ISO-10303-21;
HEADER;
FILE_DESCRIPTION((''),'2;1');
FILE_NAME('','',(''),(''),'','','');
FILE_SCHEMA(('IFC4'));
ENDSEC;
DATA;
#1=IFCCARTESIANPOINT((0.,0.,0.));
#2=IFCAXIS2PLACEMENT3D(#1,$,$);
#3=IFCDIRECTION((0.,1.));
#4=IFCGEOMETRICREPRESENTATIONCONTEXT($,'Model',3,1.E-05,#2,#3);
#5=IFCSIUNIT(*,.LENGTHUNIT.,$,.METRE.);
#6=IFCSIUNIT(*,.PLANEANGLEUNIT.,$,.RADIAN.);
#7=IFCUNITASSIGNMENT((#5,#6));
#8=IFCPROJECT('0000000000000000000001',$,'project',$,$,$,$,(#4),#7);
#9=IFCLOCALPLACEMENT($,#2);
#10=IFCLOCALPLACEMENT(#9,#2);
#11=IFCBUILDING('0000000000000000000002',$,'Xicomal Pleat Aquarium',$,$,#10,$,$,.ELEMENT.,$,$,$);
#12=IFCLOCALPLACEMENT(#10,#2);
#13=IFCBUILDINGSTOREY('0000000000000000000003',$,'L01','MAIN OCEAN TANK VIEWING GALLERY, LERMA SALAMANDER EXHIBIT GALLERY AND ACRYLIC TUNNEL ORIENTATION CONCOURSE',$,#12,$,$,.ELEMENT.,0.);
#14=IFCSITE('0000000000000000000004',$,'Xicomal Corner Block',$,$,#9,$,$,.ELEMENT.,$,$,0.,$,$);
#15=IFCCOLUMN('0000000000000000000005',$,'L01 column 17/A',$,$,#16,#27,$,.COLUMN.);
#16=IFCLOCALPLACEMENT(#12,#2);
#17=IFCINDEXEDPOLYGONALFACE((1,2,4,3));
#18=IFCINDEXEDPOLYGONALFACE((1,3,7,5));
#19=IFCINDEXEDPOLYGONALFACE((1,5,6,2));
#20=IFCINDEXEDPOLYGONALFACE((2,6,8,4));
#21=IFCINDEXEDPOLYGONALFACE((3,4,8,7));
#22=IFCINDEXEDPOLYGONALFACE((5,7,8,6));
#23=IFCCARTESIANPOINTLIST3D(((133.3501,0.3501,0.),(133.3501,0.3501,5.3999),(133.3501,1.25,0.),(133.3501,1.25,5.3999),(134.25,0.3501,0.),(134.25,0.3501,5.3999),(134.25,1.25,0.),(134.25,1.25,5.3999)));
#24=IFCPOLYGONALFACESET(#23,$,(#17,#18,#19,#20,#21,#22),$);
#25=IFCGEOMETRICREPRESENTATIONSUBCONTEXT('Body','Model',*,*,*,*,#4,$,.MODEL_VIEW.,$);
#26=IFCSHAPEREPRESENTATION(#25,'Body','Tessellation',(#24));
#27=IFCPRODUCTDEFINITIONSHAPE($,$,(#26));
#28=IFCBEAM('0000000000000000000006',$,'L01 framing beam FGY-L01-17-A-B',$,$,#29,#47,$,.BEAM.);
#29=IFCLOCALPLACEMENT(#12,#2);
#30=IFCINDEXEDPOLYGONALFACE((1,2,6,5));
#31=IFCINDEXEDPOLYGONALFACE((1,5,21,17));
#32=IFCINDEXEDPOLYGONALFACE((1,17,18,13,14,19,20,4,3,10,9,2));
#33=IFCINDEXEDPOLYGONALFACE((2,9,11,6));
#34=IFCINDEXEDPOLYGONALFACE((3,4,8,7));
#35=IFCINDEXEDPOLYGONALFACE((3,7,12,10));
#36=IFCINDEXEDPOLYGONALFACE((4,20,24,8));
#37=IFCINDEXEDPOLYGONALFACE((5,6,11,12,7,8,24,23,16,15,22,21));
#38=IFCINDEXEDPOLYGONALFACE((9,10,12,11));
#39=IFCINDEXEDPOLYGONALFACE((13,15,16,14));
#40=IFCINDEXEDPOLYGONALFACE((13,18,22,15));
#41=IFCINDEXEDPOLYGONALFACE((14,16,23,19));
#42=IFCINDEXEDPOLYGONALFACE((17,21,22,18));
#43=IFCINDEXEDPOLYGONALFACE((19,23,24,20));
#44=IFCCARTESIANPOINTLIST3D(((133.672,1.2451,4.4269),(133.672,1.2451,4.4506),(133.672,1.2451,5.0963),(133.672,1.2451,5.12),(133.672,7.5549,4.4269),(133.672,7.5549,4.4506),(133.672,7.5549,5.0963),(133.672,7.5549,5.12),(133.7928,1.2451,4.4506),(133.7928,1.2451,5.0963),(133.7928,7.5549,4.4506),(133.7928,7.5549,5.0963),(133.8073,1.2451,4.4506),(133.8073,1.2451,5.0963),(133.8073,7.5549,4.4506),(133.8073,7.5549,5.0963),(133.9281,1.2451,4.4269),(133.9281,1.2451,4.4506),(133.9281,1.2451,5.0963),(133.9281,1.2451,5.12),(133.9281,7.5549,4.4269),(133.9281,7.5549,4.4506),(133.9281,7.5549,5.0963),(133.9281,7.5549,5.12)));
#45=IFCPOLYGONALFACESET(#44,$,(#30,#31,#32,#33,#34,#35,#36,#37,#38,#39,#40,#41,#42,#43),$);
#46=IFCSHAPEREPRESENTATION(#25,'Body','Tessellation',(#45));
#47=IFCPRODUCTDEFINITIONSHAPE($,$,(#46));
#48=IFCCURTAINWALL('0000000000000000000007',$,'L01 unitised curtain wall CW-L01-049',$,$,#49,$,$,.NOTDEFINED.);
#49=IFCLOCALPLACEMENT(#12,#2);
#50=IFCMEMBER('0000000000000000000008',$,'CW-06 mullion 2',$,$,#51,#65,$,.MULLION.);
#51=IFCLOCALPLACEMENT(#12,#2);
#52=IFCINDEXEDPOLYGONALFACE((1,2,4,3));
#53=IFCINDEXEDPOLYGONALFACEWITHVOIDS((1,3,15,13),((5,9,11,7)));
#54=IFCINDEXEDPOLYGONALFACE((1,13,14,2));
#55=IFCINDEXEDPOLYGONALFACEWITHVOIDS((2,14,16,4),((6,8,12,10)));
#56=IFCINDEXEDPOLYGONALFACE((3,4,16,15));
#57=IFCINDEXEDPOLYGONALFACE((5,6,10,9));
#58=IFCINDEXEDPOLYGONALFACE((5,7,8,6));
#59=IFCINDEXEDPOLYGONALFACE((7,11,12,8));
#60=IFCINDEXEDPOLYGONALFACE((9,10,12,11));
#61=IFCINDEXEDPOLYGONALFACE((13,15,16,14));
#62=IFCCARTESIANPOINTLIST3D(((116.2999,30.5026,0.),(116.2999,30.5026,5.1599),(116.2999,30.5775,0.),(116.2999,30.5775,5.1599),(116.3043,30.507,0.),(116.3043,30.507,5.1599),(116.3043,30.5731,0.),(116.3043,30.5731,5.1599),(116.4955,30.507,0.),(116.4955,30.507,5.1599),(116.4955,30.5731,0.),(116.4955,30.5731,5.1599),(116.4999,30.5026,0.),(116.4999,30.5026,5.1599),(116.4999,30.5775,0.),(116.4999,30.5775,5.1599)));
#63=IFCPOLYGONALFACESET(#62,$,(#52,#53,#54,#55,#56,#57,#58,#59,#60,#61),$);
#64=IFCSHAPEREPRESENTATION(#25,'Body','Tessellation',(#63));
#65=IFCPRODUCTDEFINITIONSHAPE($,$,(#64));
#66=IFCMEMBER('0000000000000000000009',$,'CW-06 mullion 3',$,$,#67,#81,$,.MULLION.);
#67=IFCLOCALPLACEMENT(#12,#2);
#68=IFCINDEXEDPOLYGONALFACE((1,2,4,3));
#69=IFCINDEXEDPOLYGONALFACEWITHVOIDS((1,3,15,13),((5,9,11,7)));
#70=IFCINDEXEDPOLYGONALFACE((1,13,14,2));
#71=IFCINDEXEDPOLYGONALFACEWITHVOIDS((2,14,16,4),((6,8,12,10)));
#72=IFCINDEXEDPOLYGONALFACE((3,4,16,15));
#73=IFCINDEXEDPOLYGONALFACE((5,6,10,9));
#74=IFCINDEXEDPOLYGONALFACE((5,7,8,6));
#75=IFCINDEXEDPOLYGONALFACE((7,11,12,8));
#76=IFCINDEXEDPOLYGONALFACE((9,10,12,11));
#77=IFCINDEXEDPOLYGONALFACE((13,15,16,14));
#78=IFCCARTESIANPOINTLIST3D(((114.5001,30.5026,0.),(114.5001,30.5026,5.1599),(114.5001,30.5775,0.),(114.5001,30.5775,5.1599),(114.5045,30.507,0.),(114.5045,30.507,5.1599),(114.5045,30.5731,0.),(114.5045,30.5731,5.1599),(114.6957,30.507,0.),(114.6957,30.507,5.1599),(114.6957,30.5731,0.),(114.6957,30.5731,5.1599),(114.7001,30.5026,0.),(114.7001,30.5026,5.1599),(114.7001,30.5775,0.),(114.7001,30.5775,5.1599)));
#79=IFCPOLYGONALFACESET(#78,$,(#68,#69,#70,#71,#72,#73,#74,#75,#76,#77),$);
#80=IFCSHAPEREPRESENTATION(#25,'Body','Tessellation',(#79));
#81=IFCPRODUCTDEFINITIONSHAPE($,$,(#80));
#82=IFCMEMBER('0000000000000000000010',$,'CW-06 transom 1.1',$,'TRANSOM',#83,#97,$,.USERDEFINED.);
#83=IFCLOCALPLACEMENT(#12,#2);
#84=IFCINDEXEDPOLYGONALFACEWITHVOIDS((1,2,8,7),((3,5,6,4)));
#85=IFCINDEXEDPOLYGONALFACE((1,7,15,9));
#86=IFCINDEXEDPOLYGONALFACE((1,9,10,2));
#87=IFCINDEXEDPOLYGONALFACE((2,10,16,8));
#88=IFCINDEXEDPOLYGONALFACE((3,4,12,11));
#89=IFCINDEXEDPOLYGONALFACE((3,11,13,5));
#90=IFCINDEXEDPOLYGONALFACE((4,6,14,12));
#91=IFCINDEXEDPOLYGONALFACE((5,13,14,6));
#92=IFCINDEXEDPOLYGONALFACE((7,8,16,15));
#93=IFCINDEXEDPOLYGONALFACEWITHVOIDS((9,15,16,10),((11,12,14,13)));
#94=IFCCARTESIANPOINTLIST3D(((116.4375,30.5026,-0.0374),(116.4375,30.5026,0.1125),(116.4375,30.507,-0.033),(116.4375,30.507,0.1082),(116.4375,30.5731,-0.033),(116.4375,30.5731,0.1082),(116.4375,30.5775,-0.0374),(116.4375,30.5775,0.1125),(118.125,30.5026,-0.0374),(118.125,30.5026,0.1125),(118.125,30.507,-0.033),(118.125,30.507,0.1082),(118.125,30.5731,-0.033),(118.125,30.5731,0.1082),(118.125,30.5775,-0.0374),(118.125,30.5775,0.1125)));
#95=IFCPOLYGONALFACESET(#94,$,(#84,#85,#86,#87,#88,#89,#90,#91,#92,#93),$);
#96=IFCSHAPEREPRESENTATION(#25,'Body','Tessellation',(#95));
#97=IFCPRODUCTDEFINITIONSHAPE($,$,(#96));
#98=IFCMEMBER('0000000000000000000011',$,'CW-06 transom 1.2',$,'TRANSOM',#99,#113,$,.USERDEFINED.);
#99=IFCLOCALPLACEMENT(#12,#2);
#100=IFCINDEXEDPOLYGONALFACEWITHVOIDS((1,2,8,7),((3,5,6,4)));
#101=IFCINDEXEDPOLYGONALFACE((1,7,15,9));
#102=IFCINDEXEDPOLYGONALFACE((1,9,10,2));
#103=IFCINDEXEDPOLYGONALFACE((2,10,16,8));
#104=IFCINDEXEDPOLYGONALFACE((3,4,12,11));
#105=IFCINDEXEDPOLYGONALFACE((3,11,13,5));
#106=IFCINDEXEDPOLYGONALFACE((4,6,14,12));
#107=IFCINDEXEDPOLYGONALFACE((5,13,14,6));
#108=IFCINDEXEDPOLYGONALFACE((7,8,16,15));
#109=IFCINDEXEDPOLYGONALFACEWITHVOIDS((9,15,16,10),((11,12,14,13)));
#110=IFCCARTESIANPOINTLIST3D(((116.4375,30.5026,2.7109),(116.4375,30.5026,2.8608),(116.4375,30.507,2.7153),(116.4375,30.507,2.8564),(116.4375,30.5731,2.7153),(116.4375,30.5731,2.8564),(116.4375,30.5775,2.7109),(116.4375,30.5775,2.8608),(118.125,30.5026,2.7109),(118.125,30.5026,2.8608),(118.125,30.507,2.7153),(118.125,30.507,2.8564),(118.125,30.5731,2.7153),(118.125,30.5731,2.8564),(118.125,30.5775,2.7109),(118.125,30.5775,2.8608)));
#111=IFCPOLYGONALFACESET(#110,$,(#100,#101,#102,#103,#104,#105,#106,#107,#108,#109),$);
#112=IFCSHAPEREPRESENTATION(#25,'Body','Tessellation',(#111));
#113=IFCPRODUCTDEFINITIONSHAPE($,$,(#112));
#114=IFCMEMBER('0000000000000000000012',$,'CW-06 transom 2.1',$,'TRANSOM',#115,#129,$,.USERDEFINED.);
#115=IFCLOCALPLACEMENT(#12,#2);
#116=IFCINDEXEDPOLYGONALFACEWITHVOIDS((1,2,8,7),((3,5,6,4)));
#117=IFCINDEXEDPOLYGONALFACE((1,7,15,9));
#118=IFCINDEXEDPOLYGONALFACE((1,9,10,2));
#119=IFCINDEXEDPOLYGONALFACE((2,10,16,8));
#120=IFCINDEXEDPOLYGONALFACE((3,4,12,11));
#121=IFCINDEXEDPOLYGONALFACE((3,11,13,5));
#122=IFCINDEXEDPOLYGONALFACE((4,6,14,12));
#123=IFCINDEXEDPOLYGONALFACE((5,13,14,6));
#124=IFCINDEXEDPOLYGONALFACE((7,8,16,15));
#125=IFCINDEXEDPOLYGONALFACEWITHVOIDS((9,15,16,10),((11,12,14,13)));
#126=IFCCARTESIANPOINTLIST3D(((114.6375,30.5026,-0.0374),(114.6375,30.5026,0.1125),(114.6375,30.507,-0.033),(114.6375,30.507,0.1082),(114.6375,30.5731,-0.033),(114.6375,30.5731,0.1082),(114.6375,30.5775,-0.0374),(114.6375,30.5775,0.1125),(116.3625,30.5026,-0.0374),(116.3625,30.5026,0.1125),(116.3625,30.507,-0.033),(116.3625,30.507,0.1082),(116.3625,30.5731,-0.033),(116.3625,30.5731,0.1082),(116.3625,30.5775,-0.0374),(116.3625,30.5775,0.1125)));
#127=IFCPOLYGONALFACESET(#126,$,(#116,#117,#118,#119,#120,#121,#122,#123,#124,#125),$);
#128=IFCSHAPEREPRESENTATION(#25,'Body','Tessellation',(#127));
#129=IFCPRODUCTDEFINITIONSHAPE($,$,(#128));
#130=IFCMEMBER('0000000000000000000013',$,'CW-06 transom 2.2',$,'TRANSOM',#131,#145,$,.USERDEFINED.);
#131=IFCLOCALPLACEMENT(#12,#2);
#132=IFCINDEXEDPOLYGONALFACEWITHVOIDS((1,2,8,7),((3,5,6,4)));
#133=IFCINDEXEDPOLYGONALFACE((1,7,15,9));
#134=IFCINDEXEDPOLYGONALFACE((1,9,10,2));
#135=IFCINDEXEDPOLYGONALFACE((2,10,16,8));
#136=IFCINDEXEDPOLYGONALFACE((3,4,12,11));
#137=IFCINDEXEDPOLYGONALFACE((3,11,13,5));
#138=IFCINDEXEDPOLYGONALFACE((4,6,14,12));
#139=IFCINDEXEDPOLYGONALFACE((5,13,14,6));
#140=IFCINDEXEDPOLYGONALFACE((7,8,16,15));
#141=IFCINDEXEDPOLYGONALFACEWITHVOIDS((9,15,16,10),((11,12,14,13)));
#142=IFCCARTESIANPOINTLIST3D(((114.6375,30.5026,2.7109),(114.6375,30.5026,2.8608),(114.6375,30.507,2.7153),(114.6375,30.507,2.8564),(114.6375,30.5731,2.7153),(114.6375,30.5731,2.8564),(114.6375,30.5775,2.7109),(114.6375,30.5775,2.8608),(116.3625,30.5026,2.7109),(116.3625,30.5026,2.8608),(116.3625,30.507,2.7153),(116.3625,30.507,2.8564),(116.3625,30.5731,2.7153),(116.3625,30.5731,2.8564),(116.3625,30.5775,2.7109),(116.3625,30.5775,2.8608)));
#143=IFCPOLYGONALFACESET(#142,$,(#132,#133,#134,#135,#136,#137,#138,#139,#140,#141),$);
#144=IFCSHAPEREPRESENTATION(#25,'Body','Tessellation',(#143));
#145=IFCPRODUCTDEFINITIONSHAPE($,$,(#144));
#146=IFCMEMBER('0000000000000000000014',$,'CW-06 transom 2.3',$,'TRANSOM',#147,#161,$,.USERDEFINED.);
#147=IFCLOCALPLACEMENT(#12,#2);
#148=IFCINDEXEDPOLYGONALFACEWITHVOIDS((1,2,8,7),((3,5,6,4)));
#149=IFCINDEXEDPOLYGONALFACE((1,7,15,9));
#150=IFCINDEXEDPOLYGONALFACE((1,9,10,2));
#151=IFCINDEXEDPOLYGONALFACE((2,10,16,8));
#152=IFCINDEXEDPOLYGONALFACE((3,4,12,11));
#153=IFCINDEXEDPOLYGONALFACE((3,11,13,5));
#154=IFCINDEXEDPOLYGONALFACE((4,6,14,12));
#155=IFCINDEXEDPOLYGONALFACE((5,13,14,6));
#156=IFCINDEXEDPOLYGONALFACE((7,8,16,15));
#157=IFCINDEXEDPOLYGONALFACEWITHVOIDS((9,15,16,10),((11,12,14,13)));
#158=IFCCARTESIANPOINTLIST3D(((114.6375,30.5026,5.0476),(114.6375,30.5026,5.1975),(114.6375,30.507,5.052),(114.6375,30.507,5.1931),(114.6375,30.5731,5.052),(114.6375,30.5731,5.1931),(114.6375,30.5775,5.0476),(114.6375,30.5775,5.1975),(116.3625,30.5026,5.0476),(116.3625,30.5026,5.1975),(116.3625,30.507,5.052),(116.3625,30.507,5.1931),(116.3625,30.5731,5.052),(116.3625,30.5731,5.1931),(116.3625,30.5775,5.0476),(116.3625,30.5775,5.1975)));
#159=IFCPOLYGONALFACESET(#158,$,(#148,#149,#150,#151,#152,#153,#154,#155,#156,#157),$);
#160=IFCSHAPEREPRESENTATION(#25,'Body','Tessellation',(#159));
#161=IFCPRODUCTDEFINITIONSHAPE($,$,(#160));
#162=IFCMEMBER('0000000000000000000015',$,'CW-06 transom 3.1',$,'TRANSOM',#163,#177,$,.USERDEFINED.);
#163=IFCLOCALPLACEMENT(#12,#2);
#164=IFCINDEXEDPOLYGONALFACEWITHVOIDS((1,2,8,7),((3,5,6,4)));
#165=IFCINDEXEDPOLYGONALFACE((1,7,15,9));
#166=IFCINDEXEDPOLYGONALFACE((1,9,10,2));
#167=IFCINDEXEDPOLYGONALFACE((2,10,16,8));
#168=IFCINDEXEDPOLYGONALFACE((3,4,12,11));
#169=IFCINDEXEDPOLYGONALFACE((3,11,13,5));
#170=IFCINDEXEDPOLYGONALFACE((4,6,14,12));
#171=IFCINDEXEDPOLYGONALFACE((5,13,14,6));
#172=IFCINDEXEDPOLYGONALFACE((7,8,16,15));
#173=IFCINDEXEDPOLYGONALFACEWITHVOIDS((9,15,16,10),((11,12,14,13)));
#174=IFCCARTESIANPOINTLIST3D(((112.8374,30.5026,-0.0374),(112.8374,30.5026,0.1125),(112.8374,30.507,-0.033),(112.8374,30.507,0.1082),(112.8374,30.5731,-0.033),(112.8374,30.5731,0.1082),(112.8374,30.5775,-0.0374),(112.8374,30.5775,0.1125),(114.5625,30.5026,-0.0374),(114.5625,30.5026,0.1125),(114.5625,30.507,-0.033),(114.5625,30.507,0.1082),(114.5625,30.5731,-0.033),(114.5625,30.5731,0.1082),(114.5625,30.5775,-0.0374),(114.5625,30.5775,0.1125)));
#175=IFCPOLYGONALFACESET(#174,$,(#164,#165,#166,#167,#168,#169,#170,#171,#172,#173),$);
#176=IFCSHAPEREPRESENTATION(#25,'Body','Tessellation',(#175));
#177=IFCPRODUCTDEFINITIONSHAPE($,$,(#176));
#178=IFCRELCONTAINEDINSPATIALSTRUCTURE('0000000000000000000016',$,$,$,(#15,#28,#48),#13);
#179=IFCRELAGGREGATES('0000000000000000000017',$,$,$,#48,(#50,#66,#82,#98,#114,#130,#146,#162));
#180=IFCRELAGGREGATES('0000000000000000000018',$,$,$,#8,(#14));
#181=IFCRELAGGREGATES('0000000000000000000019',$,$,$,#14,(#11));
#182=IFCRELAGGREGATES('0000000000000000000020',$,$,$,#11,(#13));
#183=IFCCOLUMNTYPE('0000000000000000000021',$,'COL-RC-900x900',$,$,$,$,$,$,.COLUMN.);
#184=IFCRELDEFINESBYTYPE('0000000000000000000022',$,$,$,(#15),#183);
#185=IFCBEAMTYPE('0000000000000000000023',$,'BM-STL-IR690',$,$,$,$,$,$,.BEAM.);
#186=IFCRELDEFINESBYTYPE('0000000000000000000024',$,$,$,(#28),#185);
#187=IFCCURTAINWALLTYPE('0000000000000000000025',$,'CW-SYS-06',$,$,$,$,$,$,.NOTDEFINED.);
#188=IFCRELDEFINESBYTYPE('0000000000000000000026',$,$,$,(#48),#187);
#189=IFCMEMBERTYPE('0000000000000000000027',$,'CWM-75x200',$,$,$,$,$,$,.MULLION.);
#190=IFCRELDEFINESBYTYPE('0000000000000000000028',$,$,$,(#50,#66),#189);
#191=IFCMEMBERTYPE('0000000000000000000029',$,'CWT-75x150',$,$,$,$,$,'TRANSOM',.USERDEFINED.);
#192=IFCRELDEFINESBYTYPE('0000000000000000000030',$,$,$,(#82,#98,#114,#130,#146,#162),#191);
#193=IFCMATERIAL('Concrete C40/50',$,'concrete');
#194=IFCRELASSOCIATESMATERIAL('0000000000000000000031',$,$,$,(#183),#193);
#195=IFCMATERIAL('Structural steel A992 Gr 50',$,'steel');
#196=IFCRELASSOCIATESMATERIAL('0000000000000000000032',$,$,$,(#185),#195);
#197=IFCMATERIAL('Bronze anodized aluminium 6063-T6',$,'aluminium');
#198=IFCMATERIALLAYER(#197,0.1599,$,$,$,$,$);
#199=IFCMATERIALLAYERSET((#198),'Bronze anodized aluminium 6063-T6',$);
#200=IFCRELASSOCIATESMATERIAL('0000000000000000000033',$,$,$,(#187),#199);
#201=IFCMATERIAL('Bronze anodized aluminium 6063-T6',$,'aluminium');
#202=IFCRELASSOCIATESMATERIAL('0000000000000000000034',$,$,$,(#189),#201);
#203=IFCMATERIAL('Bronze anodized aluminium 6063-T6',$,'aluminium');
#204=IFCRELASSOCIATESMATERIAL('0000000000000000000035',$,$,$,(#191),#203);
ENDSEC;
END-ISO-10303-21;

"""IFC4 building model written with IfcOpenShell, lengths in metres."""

from ifc_helpers import new_model, si_unit, direction, frame, origin, origin_2d, place, context, subcontext, project, spatial, rectangle, hollow_rectangle, i_section, extrude, material, layer, layer_set, material_profile, profile_set, type_object, element, aggregate, save


model = new_model("IFC4")

# Units and contexts
model_context = context("Model", 3, precision=1e-05, world=origin(), true_north=direction((0.0, 1.0)))
body_context = subcontext(model_context, "Body", "Model", "MODEL_VIEW")
ifc_project = project(units=[si_unit("LENGTHUNIT", "METRE"), si_unit("PLANEANGLEUNIT", "RADIAN")], contexts=[model_context])

# Site, building, storey
site_placement = place(None, origin())
site = spatial("IfcSite", under=ifc_project, at=site_placement, Name="Xicomal Corner Block", CompositionType="ELEMENT", RefElevation=0.0)
building_placement = place(site_placement, origin())
building = spatial("IfcBuilding", under=site, at=building_placement, Name="Xicomal Pleat Aquarium", CompositionType="ELEMENT")
storey_placement = place(building_placement, origin())
storey = spatial("IfcBuildingStorey", under=building, at=storey_placement, Name="L01", Description="MAIN OCEAN TANK VIEWING GALLERY, LERMA SALAMANDER EXHIBIT GALLERY AND ACRYLIC TUNNEL ORIENTATION CONCOURSE", CompositionType="ELEMENT", Elevation=0.0)

# Column
ifc_material_1 = material(Name="Concrete C40/50", Category="concrete")
ifc_material_profile_1 = material_profile(ifc_material_1, rectangle(XDim=0.8999, YDim=0.8999, at=origin_2d()), Name="RC 900x900")
ifc_profile_set_1 = profile_set([ifc_material_profile_1], Name="Concrete C40/50")
column_type = type_object("IfcColumnType", Name="COL-RC-900x900", PredefinedType="COLUMN", material=ifc_profile_set_1)
column_placement = place(storey_placement, frame((133.8, 0.8, 0.0), z_axis=(0.0, 0.0, 1.0), x_axis=(1.0, 0.0, 0.0)))
element("IfcColumn", 1, at=column_placement, inside=storey, type_object=column_type, Name="L01 column 17/A", PredefinedType="COLUMN", context=body_context, shape_type="SweptSolid", body=[
    extrude(rectangle(XDim=0.8999, YDim=0.8999, at=origin_2d()), origin(), (0.0, 0.0, 1.0), 5.3999),
])

# Beam
ifc_material_2 = material(Name="Structural steel A992 Gr 50", Category="steel")
ifc_material_profile_2 = material_profile(ifc_material_2, i_section(OverallWidth=0.2561, OverallDepth=0.6931, WebThickness=0.0144, FlangeThickness=0.0237, at=origin_2d()), Name="IR 690x170")
ifc_profile_set_2 = profile_set([ifc_material_profile_2], Name="Structural steel A992 Gr 50")
beam_type = type_object("IfcBeamType", Name="BM-STL-IR690", PredefinedType="BEAM", material=ifc_profile_set_2)
beam_placement = place(storey_placement, frame((133.8, 1.2451, 4.7734), z_axis=(0.0, 1.0, 0.0), x_axis=(-1.0, 0.0, 0.0)))
element("IfcBeam", 2, at=beam_placement, inside=storey, type_object=beam_type, Name="L01 framing beam FGY-L01-17-A-B", PredefinedType="BEAM", context=body_context, shape_type="SweptSolid", body=[
    extrude(i_section(OverallWidth=0.2561, OverallDepth=0.6931, WebThickness=0.0144, FlangeThickness=0.0237, at=origin_2d()), origin(), (0.0, 0.0, 1.0), 6.3098),
])

# Curtain wall, members
ifc_material_3 = material(Name="Bronze anodized aluminium 6063-T6", Category="aluminium")
ifc_layer_1 = layer(ifc_material_3, 0.1599)
ifc_layer_set_1 = layer_set([ifc_layer_1], Name="Bronze anodized aluminium 6063-T6")
curtain_wall_type = type_object("IfcCurtainWallType", Name="CW-SYS-06", PredefinedType="NOTDEFINED", material=ifc_layer_set_1)
curtain_wall_placement = place(storey_placement, origin())
curtain_wall = element("IfcCurtainWall", 3, at=curtain_wall_placement, inside=storey, type_object=curtain_wall_type, Name="L01 unitised curtain wall CW-L01-049", PredefinedType="NOTDEFINED")
ifc_material_4 = material(Name="Bronze anodized aluminium 6063-T6", Category="aluminium")
ifc_material_profile_3 = material_profile(ifc_material_4, hollow_rectangle(XDim=0.075, YDim=0.2, WallThickness=0.0044, at=origin_2d()), Name="ALU MULL 75x200")
ifc_profile_set_3 = profile_set([ifc_material_profile_3], Name="Bronze anodized aluminium 6063-T6")
member_type_1 = type_object("IfcMemberType", Name="CWM-75x200", PredefinedType="MULLION", material=ifc_profile_set_3)
member_1_placement = place(storey_placement, frame((116.3999, 30.54, 0.0), z_axis=(0.0, 0.0, 1.0), x_axis=(0.0, -1.0, 0.0)))
member_1 = element("IfcMember", 4, at=member_1_placement, type_object=member_type_1, Name="CW-06 mullion 2", PredefinedType="MULLION", context=body_context, shape_type="SweptSolid", body=[
    extrude(hollow_rectangle(XDim=0.075, YDim=0.2, WallThickness=0.0044, at=origin_2d()), origin(), (0.0, 0.0, 1.0), 5.1599),
])
member_2_placement = place(storey_placement, frame((114.6001, 30.54, 0.0), z_axis=(0.0, 0.0, 1.0), x_axis=(0.0, -1.0, 0.0)))
member_2 = element("IfcMember", 5, at=member_2_placement, type_object=member_type_1, Name="CW-06 mullion 3", PredefinedType="MULLION", context=body_context, shape_type="SweptSolid", body=[
    extrude(hollow_rectangle(XDim=0.075, YDim=0.2, WallThickness=0.0044, at=origin_2d()), origin(), (0.0, 0.0, 1.0), 5.1599),
])
ifc_material_5 = material(Name="Bronze anodized aluminium 6063-T6", Category="aluminium")
ifc_material_profile_4 = material_profile(ifc_material_5, hollow_rectangle(XDim=0.075, YDim=0.1499, WallThickness=0.0044, at=origin_2d()), Name="ALU TRAN 75x150")
ifc_profile_set_4 = profile_set([ifc_material_profile_4], Name="Bronze anodized aluminium 6063-T6")
member_type_2 = type_object("IfcMemberType", Name="CWT-75x150", ElementType="TRANSOM", PredefinedType="USERDEFINED", material=ifc_profile_set_4)
member_3_placement = place(storey_placement, frame((118.125, 30.54, 0.0376), z_axis=(-1.0, 0.0, 0.0), x_axis=(0.0, -1.0, 0.0)))
member_3 = element("IfcMember", 6, at=member_3_placement, type_object=member_type_2, Name="CW-06 transom 1.1", ObjectType="TRANSOM", PredefinedType="USERDEFINED", context=body_context, shape_type="SweptSolid", body=[
    extrude(hollow_rectangle(XDim=0.075, YDim=0.1499, WallThickness=0.0044, at=origin_2d()), origin(), (0.0, 0.0, 1.0), 1.6875),
])
member_4_placement = place(storey_placement, frame((118.125, 30.54, 2.7859), z_axis=(-1.0, 0.0, 0.0), x_axis=(0.0, -1.0, 0.0)))
member_4 = element("IfcMember", 7, at=member_4_placement, type_object=member_type_2, Name="CW-06 transom 1.2", ObjectType="TRANSOM", PredefinedType="USERDEFINED", context=body_context, shape_type="SweptSolid", body=[
    extrude(hollow_rectangle(XDim=0.075, YDim=0.1499, WallThickness=0.0044, at=origin_2d()), origin(), (0.0, 0.0, 1.0), 1.6875),
])
member_5_placement = place(storey_placement, frame((116.3625, 30.54, 0.0376), z_axis=(-1.0, 0.0, 0.0), x_axis=(0.0, -1.0, 0.0)))
member_5 = element("IfcMember", 8, at=member_5_placement, type_object=member_type_2, Name="CW-06 transom 2.1", ObjectType="TRANSOM", PredefinedType="USERDEFINED", context=body_context, shape_type="SweptSolid", body=[
    extrude(hollow_rectangle(XDim=0.075, YDim=0.1499, WallThickness=0.0044, at=origin_2d()), origin(), (0.0, 0.0, 1.0), 1.7251),
])
member_6_placement = place(storey_placement, frame((116.3625, 30.54, 2.7859), z_axis=(-1.0, 0.0, 0.0), x_axis=(0.0, -1.0, 0.0)))
member_6 = element("IfcMember", 9, at=member_6_placement, type_object=member_type_2, Name="CW-06 transom 2.2", ObjectType="TRANSOM", PredefinedType="USERDEFINED", context=body_context, shape_type="SweptSolid", body=[
    extrude(hollow_rectangle(XDim=0.075, YDim=0.1499, WallThickness=0.0044, at=origin_2d()), origin(), (0.0, 0.0, 1.0), 1.7251),
])
member_7_placement = place(storey_placement, frame((116.3625, 30.54, 5.1226), z_axis=(-1.0, 0.0, 0.0), x_axis=(0.0, -1.0, 0.0)))
member_7 = element("IfcMember", 10, at=member_7_placement, type_object=member_type_2, Name="CW-06 transom 2.3", ObjectType="TRANSOM", PredefinedType="USERDEFINED", context=body_context, shape_type="SweptSolid", body=[
    extrude(hollow_rectangle(XDim=0.075, YDim=0.1499, WallThickness=0.0044, at=origin_2d()), origin(), (0.0, 0.0, 1.0), 1.7251),
])
member_8_placement = place(storey_placement, frame((114.5625, 30.54, 0.0376), z_axis=(-1.0, 0.0, 0.0), x_axis=(0.0, -1.0, 0.0)))
member_8 = element("IfcMember", 11, at=member_8_placement, type_object=member_type_2, Name="CW-06 transom 3.1", ObjectType="TRANSOM", PredefinedType="USERDEFINED", context=body_context, shape_type="SweptSolid", body=[
    extrude(hollow_rectangle(XDim=0.075, YDim=0.1499, WallThickness=0.0044, at=origin_2d()), origin(), (0.0, 0.0, 1.0), 1.7251),
])
aggregate(curtain_wall, [member_1, member_2, member_3, member_4, member_5, member_6, member_7, member_8])

save(model, "model.ifc")
